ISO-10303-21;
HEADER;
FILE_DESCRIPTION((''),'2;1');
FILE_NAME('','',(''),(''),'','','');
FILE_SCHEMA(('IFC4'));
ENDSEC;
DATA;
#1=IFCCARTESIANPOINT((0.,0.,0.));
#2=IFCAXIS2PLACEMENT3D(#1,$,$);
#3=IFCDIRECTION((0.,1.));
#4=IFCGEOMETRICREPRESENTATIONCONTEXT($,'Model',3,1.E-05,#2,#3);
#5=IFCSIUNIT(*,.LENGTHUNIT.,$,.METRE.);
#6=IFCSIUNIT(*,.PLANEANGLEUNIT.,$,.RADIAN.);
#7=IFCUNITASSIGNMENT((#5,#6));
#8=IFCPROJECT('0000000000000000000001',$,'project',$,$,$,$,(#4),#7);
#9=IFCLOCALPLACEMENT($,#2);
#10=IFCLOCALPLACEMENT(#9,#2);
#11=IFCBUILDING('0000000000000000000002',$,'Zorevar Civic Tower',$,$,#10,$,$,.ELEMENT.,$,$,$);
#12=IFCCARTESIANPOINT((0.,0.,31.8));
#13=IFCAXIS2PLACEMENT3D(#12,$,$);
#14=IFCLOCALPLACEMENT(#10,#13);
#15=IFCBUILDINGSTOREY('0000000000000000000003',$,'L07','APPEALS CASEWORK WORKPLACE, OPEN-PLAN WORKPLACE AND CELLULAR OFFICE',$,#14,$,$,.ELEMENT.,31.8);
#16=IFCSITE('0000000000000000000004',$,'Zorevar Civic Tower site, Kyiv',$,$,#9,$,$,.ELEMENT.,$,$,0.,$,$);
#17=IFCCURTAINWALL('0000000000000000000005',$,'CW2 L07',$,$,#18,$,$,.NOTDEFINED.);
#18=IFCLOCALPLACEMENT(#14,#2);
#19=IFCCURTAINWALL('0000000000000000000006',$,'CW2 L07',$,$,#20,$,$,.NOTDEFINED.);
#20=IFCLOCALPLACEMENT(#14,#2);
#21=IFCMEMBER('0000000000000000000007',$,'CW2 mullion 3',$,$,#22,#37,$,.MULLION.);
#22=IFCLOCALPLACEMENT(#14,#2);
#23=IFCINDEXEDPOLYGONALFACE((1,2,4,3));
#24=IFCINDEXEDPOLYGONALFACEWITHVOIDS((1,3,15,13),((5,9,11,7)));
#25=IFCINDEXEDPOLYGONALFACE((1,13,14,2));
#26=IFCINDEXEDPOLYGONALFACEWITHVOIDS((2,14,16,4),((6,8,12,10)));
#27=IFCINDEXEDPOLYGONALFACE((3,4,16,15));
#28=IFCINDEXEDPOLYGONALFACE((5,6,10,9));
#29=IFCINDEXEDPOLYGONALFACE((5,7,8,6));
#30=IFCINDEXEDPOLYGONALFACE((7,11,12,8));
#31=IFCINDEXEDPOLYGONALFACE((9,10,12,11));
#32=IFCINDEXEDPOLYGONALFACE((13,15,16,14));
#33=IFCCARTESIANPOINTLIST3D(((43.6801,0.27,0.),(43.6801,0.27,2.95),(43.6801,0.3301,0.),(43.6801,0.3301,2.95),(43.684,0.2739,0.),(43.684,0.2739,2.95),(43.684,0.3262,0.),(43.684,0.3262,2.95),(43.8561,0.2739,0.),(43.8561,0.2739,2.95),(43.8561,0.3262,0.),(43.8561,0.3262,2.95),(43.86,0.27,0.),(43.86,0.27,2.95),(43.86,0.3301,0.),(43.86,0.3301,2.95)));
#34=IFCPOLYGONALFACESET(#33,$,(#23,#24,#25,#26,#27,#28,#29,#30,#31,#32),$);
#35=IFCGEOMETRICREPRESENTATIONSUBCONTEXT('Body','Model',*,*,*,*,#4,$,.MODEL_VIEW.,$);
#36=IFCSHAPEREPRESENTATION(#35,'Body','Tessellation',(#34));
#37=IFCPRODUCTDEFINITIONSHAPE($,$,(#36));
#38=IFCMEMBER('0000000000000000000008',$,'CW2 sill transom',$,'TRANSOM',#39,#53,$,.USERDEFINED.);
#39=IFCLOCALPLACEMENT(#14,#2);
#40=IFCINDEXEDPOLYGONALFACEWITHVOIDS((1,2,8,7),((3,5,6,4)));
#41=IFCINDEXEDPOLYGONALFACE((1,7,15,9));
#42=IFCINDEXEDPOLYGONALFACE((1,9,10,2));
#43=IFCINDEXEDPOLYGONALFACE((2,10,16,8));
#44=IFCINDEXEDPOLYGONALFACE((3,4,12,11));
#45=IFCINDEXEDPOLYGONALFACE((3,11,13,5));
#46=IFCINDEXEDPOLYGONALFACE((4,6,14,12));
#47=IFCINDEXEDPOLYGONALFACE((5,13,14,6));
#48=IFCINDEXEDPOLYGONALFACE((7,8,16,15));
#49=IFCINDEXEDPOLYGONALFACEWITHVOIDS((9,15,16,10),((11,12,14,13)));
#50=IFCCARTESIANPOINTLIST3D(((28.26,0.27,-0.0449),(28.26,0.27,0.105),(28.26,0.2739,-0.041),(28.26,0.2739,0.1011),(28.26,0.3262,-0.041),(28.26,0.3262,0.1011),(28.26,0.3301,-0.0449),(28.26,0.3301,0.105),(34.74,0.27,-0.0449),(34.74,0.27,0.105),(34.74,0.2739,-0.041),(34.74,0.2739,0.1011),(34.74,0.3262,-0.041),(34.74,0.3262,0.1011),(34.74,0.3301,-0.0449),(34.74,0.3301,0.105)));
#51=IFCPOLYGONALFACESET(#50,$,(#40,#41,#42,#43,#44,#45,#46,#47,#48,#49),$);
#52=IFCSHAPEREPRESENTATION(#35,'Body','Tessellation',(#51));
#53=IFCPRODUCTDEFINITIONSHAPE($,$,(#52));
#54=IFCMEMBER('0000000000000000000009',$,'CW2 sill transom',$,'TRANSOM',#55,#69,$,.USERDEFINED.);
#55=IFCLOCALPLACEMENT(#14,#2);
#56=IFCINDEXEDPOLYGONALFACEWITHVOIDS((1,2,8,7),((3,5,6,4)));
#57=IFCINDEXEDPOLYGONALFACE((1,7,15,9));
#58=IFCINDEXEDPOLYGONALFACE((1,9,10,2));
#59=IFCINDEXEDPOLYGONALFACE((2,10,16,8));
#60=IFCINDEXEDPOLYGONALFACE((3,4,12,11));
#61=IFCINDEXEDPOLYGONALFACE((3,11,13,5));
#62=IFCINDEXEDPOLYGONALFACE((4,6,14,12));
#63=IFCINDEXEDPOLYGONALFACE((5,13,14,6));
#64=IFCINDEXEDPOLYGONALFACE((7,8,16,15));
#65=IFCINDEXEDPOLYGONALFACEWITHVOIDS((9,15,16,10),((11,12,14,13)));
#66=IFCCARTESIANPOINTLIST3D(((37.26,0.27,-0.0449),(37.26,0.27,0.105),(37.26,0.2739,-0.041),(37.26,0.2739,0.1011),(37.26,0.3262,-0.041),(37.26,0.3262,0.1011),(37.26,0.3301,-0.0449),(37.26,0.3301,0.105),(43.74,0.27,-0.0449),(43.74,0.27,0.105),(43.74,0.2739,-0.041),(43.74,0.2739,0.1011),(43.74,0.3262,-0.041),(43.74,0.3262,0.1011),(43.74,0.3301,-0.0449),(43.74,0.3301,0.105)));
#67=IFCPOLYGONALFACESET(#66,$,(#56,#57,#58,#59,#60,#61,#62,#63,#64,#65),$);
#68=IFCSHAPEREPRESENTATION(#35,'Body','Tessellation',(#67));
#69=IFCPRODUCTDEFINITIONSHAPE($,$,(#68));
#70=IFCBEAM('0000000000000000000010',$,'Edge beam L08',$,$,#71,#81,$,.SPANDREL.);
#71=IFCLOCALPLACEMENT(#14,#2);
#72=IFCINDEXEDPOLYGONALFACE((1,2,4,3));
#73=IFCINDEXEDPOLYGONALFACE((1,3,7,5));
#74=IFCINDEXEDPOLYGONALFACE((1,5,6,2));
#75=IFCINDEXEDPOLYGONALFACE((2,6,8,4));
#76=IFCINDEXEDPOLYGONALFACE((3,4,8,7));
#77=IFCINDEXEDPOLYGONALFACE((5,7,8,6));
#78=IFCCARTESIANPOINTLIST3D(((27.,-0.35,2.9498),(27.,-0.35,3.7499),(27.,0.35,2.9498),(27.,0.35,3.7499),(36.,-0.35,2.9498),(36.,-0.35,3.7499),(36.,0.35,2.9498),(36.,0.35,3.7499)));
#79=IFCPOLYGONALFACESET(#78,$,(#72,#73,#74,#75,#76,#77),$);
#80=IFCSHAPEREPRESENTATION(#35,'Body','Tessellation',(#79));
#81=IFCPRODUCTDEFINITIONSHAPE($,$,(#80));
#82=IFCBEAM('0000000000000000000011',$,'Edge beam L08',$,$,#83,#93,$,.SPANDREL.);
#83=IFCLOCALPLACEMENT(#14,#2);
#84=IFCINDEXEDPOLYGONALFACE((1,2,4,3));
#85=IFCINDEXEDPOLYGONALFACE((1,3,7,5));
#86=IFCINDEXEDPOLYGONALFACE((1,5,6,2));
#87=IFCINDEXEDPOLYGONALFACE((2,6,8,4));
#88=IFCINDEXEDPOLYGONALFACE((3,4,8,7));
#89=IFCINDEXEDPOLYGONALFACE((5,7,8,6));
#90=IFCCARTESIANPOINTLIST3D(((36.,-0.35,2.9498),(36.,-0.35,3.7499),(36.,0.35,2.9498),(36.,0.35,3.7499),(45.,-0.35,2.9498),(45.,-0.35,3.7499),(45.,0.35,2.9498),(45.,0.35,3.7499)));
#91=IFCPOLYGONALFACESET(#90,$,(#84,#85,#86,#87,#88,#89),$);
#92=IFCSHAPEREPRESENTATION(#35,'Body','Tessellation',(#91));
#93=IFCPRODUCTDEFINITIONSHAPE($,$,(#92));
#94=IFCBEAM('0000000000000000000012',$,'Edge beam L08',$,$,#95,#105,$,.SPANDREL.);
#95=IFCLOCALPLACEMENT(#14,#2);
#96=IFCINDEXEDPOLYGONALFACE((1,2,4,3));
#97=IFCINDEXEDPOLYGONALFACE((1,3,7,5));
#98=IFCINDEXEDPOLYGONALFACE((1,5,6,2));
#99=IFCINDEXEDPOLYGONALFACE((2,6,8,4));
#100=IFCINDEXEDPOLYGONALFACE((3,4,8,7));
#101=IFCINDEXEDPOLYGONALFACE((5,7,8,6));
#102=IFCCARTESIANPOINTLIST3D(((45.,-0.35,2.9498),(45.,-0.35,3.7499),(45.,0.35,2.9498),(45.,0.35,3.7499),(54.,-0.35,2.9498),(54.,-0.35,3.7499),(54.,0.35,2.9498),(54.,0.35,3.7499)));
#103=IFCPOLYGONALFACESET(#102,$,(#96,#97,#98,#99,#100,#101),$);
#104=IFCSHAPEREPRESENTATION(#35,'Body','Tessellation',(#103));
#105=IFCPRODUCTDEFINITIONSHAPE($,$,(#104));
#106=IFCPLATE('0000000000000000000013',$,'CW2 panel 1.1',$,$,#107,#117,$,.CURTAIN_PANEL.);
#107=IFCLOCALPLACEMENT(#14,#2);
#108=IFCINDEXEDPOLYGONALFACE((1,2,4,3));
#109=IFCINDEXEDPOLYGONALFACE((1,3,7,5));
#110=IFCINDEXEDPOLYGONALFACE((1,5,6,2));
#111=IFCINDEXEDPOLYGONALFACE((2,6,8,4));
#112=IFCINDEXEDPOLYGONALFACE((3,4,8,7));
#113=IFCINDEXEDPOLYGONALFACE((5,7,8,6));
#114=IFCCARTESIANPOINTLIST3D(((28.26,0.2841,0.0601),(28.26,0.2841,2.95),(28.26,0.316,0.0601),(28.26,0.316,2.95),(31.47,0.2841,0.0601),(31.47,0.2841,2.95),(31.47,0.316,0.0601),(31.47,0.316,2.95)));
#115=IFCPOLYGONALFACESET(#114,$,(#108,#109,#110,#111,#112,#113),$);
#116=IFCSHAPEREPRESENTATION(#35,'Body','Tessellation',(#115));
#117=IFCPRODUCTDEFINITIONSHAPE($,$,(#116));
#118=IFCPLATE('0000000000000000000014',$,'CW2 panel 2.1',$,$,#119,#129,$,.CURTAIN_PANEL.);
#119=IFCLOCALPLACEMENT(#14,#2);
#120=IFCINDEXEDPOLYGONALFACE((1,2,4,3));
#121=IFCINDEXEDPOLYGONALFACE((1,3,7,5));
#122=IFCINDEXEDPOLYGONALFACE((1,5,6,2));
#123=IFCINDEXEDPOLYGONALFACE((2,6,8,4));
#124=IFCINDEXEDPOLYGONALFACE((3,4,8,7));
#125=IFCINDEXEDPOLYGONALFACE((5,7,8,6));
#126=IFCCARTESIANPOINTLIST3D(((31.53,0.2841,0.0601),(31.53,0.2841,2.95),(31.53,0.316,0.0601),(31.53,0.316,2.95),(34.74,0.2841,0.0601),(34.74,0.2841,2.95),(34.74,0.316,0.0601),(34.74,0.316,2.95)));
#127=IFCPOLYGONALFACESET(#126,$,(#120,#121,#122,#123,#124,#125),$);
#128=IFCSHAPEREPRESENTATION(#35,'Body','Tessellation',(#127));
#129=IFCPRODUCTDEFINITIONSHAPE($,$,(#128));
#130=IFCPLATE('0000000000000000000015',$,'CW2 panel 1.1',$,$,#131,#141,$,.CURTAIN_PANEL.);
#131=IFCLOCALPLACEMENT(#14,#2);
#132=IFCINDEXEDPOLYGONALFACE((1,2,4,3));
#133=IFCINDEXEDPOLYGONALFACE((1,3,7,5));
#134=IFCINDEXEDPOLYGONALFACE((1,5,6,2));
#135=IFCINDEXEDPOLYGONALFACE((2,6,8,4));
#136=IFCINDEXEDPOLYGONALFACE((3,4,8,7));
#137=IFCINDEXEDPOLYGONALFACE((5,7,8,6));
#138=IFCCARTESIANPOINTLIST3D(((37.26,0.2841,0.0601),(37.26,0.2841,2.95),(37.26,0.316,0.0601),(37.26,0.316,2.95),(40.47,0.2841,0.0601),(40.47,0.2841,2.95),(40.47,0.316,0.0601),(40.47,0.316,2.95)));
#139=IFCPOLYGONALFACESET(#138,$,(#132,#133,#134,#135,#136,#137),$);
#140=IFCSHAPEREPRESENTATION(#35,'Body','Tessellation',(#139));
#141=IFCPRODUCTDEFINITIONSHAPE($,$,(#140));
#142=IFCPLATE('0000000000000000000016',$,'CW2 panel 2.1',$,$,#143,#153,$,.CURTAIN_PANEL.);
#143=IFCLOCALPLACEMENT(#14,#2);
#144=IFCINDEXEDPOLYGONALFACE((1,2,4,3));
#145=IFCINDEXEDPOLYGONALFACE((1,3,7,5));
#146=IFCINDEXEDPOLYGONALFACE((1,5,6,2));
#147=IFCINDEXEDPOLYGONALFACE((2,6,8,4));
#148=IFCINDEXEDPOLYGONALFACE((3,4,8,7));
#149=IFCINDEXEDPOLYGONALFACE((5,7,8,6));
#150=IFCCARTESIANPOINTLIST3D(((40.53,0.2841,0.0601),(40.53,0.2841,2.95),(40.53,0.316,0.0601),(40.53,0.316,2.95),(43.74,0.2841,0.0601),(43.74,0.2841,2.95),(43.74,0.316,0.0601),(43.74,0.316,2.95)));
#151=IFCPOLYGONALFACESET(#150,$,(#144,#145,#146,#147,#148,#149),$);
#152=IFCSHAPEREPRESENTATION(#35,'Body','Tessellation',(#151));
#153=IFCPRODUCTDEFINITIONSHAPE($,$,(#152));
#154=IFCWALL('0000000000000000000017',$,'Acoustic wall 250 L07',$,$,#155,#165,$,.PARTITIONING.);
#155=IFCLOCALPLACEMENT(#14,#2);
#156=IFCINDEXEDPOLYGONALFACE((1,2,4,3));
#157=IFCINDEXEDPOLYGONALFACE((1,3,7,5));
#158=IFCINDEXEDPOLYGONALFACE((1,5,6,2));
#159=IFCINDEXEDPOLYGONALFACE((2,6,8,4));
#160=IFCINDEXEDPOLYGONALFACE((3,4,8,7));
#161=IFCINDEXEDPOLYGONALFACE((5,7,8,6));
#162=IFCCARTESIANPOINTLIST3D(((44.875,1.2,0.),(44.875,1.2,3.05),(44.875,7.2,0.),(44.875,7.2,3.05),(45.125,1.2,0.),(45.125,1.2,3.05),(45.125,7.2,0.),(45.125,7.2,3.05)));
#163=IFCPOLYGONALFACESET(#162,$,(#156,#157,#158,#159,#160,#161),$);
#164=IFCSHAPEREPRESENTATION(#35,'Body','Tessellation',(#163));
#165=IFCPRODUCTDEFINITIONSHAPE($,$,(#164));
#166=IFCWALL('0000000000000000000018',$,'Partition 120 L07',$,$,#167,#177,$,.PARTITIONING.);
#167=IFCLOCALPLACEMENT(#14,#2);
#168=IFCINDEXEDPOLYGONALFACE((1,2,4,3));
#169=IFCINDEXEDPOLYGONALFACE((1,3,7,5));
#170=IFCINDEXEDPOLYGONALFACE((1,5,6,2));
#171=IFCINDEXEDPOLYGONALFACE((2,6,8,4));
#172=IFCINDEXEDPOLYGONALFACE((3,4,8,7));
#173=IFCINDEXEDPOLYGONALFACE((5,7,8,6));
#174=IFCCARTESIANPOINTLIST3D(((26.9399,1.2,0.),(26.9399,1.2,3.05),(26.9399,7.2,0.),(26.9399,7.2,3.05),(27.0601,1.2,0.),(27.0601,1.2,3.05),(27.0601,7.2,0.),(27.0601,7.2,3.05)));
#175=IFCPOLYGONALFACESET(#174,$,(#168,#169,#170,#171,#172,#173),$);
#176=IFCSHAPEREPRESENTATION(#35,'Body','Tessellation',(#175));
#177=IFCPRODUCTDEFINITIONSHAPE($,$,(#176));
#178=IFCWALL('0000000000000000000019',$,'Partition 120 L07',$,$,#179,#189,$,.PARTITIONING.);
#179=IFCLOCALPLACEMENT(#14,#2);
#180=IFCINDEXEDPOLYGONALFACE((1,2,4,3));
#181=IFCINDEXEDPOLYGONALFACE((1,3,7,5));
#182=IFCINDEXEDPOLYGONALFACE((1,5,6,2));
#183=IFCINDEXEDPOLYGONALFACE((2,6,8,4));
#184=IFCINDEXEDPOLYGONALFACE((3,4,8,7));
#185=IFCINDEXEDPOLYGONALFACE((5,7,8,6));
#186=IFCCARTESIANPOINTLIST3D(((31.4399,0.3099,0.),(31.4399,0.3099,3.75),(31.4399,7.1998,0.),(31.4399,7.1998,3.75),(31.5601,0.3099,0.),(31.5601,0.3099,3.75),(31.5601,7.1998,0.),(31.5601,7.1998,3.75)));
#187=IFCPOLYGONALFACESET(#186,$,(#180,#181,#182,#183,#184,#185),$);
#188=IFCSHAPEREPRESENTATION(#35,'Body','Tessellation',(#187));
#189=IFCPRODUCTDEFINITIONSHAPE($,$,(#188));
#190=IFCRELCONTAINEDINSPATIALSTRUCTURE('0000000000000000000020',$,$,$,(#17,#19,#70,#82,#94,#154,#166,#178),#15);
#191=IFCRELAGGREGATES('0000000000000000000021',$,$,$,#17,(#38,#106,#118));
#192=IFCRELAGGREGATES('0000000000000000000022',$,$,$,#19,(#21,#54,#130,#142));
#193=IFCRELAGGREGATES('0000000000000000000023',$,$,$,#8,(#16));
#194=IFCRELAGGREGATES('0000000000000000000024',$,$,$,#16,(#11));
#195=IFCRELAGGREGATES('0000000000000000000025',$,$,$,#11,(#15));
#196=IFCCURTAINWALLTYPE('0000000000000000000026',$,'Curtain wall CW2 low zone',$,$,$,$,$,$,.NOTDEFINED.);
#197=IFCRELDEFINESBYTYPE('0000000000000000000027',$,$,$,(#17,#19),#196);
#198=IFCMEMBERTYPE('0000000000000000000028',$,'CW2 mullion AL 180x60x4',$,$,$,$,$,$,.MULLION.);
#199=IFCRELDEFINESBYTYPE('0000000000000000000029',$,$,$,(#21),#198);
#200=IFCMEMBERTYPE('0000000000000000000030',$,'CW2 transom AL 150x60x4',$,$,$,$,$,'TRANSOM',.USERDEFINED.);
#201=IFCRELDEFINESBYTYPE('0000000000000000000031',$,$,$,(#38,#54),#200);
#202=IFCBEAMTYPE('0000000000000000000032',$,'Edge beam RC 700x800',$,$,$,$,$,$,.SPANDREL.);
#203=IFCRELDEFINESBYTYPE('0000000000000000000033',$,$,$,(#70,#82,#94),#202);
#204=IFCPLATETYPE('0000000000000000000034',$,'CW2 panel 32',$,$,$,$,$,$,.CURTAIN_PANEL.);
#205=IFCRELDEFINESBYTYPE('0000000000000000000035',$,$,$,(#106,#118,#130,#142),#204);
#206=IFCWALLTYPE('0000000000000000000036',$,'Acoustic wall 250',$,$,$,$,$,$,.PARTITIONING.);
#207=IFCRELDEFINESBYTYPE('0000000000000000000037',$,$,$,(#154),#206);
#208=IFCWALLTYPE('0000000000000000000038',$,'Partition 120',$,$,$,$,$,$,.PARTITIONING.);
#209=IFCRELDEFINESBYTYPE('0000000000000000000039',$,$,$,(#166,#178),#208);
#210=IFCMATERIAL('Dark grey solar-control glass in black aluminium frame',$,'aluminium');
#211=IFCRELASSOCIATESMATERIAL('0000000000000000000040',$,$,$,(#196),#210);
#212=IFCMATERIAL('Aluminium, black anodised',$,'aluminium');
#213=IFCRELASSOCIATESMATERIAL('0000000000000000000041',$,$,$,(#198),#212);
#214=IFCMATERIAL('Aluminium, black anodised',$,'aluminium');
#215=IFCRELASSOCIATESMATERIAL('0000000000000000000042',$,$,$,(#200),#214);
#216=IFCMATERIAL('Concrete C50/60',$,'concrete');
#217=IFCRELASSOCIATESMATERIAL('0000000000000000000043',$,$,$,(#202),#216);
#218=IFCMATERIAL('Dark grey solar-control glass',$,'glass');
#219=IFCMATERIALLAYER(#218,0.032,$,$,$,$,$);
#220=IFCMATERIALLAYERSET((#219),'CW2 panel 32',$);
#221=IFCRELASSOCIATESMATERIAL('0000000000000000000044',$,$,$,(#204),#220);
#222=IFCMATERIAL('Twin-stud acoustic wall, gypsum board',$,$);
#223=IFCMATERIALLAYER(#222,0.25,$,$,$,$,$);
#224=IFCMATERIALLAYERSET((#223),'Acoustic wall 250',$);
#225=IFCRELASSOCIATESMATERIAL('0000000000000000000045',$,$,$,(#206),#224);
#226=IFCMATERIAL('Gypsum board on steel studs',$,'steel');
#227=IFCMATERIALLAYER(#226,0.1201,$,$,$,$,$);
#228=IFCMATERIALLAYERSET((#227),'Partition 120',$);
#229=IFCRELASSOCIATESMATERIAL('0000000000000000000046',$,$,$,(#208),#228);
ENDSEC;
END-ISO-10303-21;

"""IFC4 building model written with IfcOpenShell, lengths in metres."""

from ifc_helpers import new_model, si_unit, direction, frame, frame_2d, origin, origin_2d, place, context, subcontext, project, spatial, rectangle, hollow_rectangle, extrude, material, layer, layer_set, material_profile, profile_set, type_object, element, aggregate, save


model = new_model("IFC4")

# Units and contexts
model_context = context("Model", 3, precision=1e-05, world=origin(), true_north=direction((0.0, 1.0)))
body_context = subcontext(model_context, "Body", "Model", "MODEL_VIEW")
ifc_project = project(units=[si_unit("LENGTHUNIT", "METRE"), si_unit("PLANEANGLEUNIT", "RADIAN")], contexts=[model_context])

# Site, building, storey
site_placement = place(None, origin())
site = spatial("IfcSite", under=ifc_project, at=site_placement, Name="Zorevar Civic Tower site, Kyiv", CompositionType="ELEMENT", RefElevation=0.0)
building_placement = place(site_placement, origin())
building = spatial("IfcBuilding", under=site, at=building_placement, Name="Zorevar Civic Tower", CompositionType="ELEMENT")
storey_placement = place(building_placement, frame((0.0, 0.0, 31.8)))
storey = spatial("IfcBuildingStorey", under=building, at=storey_placement, Name="L07", Description="APPEALS CASEWORK WORKPLACE, OPEN-PLAN WORKPLACE AND CELLULAR OFFICE", CompositionType="ELEMENT", Elevation=31.8)

# Curtain walls, member
ifc_material_1 = material(Name="Dark grey solar-control glass in black aluminium frame", Category="aluminium")
curtain_wall_type = type_object("IfcCurtainWallType", Name="Curtain wall CW2 low zone", PredefinedType="NOTDEFINED", material=ifc_material_1)
curtain_wall_1_placement = place(storey_placement, origin())
curtain_wall_1 = element("IfcCurtainWall", 1, at=curtain_wall_1_placement, inside=storey, type_object=curtain_wall_type, Name="CW2 L07", PredefinedType="NOTDEFINED")
ifc_material_2 = material(Name="Aluminium, black anodised", Category="aluminium")
ifc_material_profile_1 = material_profile(ifc_material_2, hollow_rectangle(XDim=0.0601, YDim=0.1799, WallThickness=0.0039, at=origin_2d()), Name="AL 180x60x4")
ifc_profile_set_1 = profile_set([ifc_material_profile_1], Name="Aluminium, black anodised")
member_type_1 = type_object("IfcMemberType", Name="CW2 mullion AL 180x60x4", PredefinedType="MULLION", material=ifc_profile_set_1)
curtain_wall_2_placement = place(storey_placement, origin())
curtain_wall_2 = element("IfcCurtainWall", 2, at=curtain_wall_2_placement, inside=storey, type_object=curtain_wall_type, Name="CW2 L07", PredefinedType="NOTDEFINED")
member_1_placement = place(storey_placement, frame((43.77, 0.3, 0.0), z_axis=(0.0, 0.0, 1.0), x_axis=(0.0, 1.0, 0.0)))
member_1 = element("IfcMember", 3, at=member_1_placement, type_object=member_type_1, Name="CW2 mullion 3", PredefinedType="MULLION", context=body_context, shape_type="SweptSolid", body=[
    extrude(hollow_rectangle(XDim=0.0601, YDim=0.1799, WallThickness=0.0039, at=origin_2d()), origin(), (0.0, 0.0, 1.0), 2.95),
])

# Members
ifc_material_3 = material(Name="Aluminium, black anodised", Category="aluminium")
ifc_material_profile_2 = material_profile(ifc_material_3, hollow_rectangle(XDim=0.0601, YDim=0.1499, WallThickness=0.0039, at=origin_2d()), Name="AL 150x60x4")
ifc_profile_set_2 = profile_set([ifc_material_profile_2], Name="Aluminium, black anodised")
member_type_2 = type_object("IfcMemberType", Name="CW2 transom AL 150x60x4", ElementType="TRANSOM", PredefinedType="USERDEFINED", material=ifc_profile_set_2)
member_2_placement = place(storey_placement, frame((28.26, 0.3, 0.03), z_axis=(1.0, 0.0, 0.0), x_axis=(0.0, 1.0, 0.0)))
member_2 = element("IfcMember", 4, at=member_2_placement, type_object=member_type_2, Name="CW2 sill transom", ObjectType="TRANSOM", PredefinedType="USERDEFINED", context=body_context, shape_type="SweptSolid", body=[
    extrude(hollow_rectangle(XDim=0.0601, YDim=0.1499, WallThickness=0.0039, at=origin_2d()), origin(), (0.0, 0.0, 1.0), 6.48),
])
member_3_placement = place(storey_placement, frame((37.26, 0.3, 0.03), z_axis=(1.0, 0.0, 0.0), x_axis=(0.0, 1.0, 0.0)))
member_3 = element("IfcMember", 5, at=member_3_placement, type_object=member_type_2, Name="CW2 sill transom", ObjectType="TRANSOM", PredefinedType="USERDEFINED", context=body_context, shape_type="SweptSolid", body=[
    extrude(hollow_rectangle(XDim=0.0601, YDim=0.1499, WallThickness=0.0039, at=origin_2d()), origin(), (0.0, 0.0, 1.0), 6.48),
])

# Beams
ifc_material_4 = material(Name="Concrete C50/60", Category="concrete")
ifc_material_profile_3 = material_profile(ifc_material_4, rectangle(XDim=0.7, YDim=0.8, at=origin_2d()), Name="RC 700x800")
ifc_profile_set_3 = profile_set([ifc_material_profile_3], Name="Concrete C50/60")
beam_type_1 = type_object("IfcBeamType", Name="Edge beam RC 700x800", PredefinedType="SPANDREL", material=ifc_profile_set_3)
for number, where, z_axis, x_axis, name in (
    (6, (27.0, 0.0, 3.3499), (1.0, 0.0, 0.0), (0.0, 1.0, 0.0), "Edge beam L08"),
    (7, (36.0, 0.0, 3.3499), (1.0, 0.0, 0.0), (0.0, 1.0, 0.0), "Edge beam L08"),
    (8, (45.0, 0.0, 3.3499), (1.0, 0.0, 0.0), (0.0, 1.0, 0.0), "Edge beam L08"),
):
    element("IfcBeam", number, at=place(storey_placement, frame(where, z_axis=z_axis, x_axis=x_axis)), inside=storey, type_object=beam_type_1, Name=name, PredefinedType="SPANDREL", context=body_context, shape_type="SweptSolid", body=[
        extrude(rectangle(XDim=0.7, YDim=0.8, at=origin_2d()), origin(), (0.0, 0.0, 1.0), 9.0),
    ])

# Plates
ifc_material_5 = material(Name="Dark grey solar-control glass", Category="glass")
ifc_layer_1 = layer(ifc_material_5, 0.032)
ifc_layer_set_1 = layer_set([ifc_layer_1], Name="CW2 panel 32")
plate_type = type_object("IfcPlateType", Name="CW2 panel 32", PredefinedType="CURTAIN_PANEL", material=ifc_layer_set_1)
plate_1_placement = place(storey_placement, frame((29.865, 0.3, 0.0601), z_axis=(0.0, 0.0, 1.0), x_axis=(1.0, 0.0, 0.0)))
plate_1 = element("IfcPlate", 9, at=plate_1_placement, type_object=plate_type, Name="CW2 panel 1.1", PredefinedType="CURTAIN_PANEL", context=body_context, shape_type="SweptSolid", body=[
    extrude(rectangle(XDim=3.21, YDim=0.032, at=origin_2d()), origin(), (0.0, 0.0, 1.0), 2.8899),
])
plate_2_placement = place(storey_placement, frame((33.135, 0.3, 0.0601), z_axis=(0.0, 0.0, 1.0), x_axis=(1.0, 0.0, 0.0)))
plate_2 = element("IfcPlate", 10, at=plate_2_placement, type_object=plate_type, Name="CW2 panel 2.1", PredefinedType="CURTAIN_PANEL", context=body_context, shape_type="SweptSolid", body=[
    extrude(rectangle(XDim=3.21, YDim=0.032, at=origin_2d()), origin(), (0.0, 0.0, 1.0), 2.8899),
])
aggregate(curtain_wall_1, [member_2, plate_1, plate_2])
plate_3_placement = place(storey_placement, frame((38.865, 0.3, 0.0601), z_axis=(0.0, 0.0, 1.0), x_axis=(1.0, 0.0, 0.0)))
plate_3 = element("IfcPlate", 11, at=plate_3_placement, type_object=plate_type, Name="CW2 panel 1.1", PredefinedType="CURTAIN_PANEL", context=body_context, shape_type="SweptSolid", body=[
    extrude(rectangle(XDim=3.21, YDim=0.032, at=origin_2d()), origin(), (0.0, 0.0, 1.0), 2.8899),
])
plate_4_placement = place(storey_placement, frame((42.135, 0.3, 0.0601), z_axis=(0.0, 0.0, 1.0), x_axis=(1.0, 0.0, 0.0)))
plate_4 = element("IfcPlate", 12, at=plate_4_placement, type_object=plate_type, Name="CW2 panel 2.1", PredefinedType="CURTAIN_PANEL", context=body_context, shape_type="SweptSolid", body=[
    extrude(rectangle(XDim=3.21, YDim=0.032, at=origin_2d()), origin(), (0.0, 0.0, 1.0), 2.8899),
])
aggregate(curtain_wall_2, [member_1, member_3, plate_3, plate_4])

# Walls
ifc_material_6 = material(Name="Twin-stud acoustic wall, gypsum board")
ifc_layer_2 = layer(ifc_material_6, 0.25)
ifc_layer_set_2 = layer_set([ifc_layer_2], Name="Acoustic wall 250")
wall_type_1 = type_object("IfcWallType", Name="Acoustic wall 250", PredefinedType="PARTITIONING", material=ifc_layer_set_2)
wall_1_placement = place(storey_placement, frame((45.0, 1.2, 0.0), z_axis=(0.0, 0.0, 1.0), x_axis=(0.0, 1.0, 0.0)))
element("IfcWall", 13, at=wall_1_placement, inside=storey, type_object=wall_type_1, Name="Acoustic wall 250 L07", PredefinedType="PARTITIONING", context=body_context, shape_type="SweptSolid", body=[
    extrude(rectangle(XDim=6.0, YDim=0.25, at=frame_2d((3.0, 0.0))), origin(), (0.0, 0.0, 1.0), 3.05),
])
ifc_material_7 = material(Name="Gypsum board on steel studs", Category="steel")
ifc_layer_3 = layer(ifc_material_7, 0.1201)
ifc_layer_set_3 = layer_set([ifc_layer_3], Name="Partition 120")
wall_type_2 = type_object("IfcWallType", Name="Partition 120", PredefinedType="PARTITIONING", material=ifc_layer_set_3)
wall_2_placement = place(storey_placement, frame((27.0, 1.2, 0.0), z_axis=(0.0, 0.0, 1.0), x_axis=(0.0, 1.0, 0.0)))
element("IfcWall", 14, at=wall_2_placement, inside=storey, type_object=wall_type_2, Name="Partition 120 L07", PredefinedType="PARTITIONING", context=body_context, shape_type="SweptSolid", body=[
    extrude(rectangle(XDim=6.0, YDim=0.1201, at=frame_2d((3.0, 0.0))), origin(), (0.0, 0.0, 1.0), 3.05),
])
wall_3_placement = place(storey_placement, frame((31.5, 0.3101, 0.0), z_axis=(0.0, 0.0, 1.0), x_axis=(0.0, 1.0, 0.0)))
element("IfcWall", 15, at=wall_3_placement, inside=storey, type_object=wall_type_2, Name="Partition 120 L07", PredefinedType="PARTITIONING", context=body_context, shape_type="SweptSolid", body=[
    extrude(rectangle(XDim=6.8899, YDim=0.1201, at=frame_2d((3.4448, 0.0))), origin(), (0.0, 0.0, 1.0), 3.75),
])

save(model, "model.ifc")
